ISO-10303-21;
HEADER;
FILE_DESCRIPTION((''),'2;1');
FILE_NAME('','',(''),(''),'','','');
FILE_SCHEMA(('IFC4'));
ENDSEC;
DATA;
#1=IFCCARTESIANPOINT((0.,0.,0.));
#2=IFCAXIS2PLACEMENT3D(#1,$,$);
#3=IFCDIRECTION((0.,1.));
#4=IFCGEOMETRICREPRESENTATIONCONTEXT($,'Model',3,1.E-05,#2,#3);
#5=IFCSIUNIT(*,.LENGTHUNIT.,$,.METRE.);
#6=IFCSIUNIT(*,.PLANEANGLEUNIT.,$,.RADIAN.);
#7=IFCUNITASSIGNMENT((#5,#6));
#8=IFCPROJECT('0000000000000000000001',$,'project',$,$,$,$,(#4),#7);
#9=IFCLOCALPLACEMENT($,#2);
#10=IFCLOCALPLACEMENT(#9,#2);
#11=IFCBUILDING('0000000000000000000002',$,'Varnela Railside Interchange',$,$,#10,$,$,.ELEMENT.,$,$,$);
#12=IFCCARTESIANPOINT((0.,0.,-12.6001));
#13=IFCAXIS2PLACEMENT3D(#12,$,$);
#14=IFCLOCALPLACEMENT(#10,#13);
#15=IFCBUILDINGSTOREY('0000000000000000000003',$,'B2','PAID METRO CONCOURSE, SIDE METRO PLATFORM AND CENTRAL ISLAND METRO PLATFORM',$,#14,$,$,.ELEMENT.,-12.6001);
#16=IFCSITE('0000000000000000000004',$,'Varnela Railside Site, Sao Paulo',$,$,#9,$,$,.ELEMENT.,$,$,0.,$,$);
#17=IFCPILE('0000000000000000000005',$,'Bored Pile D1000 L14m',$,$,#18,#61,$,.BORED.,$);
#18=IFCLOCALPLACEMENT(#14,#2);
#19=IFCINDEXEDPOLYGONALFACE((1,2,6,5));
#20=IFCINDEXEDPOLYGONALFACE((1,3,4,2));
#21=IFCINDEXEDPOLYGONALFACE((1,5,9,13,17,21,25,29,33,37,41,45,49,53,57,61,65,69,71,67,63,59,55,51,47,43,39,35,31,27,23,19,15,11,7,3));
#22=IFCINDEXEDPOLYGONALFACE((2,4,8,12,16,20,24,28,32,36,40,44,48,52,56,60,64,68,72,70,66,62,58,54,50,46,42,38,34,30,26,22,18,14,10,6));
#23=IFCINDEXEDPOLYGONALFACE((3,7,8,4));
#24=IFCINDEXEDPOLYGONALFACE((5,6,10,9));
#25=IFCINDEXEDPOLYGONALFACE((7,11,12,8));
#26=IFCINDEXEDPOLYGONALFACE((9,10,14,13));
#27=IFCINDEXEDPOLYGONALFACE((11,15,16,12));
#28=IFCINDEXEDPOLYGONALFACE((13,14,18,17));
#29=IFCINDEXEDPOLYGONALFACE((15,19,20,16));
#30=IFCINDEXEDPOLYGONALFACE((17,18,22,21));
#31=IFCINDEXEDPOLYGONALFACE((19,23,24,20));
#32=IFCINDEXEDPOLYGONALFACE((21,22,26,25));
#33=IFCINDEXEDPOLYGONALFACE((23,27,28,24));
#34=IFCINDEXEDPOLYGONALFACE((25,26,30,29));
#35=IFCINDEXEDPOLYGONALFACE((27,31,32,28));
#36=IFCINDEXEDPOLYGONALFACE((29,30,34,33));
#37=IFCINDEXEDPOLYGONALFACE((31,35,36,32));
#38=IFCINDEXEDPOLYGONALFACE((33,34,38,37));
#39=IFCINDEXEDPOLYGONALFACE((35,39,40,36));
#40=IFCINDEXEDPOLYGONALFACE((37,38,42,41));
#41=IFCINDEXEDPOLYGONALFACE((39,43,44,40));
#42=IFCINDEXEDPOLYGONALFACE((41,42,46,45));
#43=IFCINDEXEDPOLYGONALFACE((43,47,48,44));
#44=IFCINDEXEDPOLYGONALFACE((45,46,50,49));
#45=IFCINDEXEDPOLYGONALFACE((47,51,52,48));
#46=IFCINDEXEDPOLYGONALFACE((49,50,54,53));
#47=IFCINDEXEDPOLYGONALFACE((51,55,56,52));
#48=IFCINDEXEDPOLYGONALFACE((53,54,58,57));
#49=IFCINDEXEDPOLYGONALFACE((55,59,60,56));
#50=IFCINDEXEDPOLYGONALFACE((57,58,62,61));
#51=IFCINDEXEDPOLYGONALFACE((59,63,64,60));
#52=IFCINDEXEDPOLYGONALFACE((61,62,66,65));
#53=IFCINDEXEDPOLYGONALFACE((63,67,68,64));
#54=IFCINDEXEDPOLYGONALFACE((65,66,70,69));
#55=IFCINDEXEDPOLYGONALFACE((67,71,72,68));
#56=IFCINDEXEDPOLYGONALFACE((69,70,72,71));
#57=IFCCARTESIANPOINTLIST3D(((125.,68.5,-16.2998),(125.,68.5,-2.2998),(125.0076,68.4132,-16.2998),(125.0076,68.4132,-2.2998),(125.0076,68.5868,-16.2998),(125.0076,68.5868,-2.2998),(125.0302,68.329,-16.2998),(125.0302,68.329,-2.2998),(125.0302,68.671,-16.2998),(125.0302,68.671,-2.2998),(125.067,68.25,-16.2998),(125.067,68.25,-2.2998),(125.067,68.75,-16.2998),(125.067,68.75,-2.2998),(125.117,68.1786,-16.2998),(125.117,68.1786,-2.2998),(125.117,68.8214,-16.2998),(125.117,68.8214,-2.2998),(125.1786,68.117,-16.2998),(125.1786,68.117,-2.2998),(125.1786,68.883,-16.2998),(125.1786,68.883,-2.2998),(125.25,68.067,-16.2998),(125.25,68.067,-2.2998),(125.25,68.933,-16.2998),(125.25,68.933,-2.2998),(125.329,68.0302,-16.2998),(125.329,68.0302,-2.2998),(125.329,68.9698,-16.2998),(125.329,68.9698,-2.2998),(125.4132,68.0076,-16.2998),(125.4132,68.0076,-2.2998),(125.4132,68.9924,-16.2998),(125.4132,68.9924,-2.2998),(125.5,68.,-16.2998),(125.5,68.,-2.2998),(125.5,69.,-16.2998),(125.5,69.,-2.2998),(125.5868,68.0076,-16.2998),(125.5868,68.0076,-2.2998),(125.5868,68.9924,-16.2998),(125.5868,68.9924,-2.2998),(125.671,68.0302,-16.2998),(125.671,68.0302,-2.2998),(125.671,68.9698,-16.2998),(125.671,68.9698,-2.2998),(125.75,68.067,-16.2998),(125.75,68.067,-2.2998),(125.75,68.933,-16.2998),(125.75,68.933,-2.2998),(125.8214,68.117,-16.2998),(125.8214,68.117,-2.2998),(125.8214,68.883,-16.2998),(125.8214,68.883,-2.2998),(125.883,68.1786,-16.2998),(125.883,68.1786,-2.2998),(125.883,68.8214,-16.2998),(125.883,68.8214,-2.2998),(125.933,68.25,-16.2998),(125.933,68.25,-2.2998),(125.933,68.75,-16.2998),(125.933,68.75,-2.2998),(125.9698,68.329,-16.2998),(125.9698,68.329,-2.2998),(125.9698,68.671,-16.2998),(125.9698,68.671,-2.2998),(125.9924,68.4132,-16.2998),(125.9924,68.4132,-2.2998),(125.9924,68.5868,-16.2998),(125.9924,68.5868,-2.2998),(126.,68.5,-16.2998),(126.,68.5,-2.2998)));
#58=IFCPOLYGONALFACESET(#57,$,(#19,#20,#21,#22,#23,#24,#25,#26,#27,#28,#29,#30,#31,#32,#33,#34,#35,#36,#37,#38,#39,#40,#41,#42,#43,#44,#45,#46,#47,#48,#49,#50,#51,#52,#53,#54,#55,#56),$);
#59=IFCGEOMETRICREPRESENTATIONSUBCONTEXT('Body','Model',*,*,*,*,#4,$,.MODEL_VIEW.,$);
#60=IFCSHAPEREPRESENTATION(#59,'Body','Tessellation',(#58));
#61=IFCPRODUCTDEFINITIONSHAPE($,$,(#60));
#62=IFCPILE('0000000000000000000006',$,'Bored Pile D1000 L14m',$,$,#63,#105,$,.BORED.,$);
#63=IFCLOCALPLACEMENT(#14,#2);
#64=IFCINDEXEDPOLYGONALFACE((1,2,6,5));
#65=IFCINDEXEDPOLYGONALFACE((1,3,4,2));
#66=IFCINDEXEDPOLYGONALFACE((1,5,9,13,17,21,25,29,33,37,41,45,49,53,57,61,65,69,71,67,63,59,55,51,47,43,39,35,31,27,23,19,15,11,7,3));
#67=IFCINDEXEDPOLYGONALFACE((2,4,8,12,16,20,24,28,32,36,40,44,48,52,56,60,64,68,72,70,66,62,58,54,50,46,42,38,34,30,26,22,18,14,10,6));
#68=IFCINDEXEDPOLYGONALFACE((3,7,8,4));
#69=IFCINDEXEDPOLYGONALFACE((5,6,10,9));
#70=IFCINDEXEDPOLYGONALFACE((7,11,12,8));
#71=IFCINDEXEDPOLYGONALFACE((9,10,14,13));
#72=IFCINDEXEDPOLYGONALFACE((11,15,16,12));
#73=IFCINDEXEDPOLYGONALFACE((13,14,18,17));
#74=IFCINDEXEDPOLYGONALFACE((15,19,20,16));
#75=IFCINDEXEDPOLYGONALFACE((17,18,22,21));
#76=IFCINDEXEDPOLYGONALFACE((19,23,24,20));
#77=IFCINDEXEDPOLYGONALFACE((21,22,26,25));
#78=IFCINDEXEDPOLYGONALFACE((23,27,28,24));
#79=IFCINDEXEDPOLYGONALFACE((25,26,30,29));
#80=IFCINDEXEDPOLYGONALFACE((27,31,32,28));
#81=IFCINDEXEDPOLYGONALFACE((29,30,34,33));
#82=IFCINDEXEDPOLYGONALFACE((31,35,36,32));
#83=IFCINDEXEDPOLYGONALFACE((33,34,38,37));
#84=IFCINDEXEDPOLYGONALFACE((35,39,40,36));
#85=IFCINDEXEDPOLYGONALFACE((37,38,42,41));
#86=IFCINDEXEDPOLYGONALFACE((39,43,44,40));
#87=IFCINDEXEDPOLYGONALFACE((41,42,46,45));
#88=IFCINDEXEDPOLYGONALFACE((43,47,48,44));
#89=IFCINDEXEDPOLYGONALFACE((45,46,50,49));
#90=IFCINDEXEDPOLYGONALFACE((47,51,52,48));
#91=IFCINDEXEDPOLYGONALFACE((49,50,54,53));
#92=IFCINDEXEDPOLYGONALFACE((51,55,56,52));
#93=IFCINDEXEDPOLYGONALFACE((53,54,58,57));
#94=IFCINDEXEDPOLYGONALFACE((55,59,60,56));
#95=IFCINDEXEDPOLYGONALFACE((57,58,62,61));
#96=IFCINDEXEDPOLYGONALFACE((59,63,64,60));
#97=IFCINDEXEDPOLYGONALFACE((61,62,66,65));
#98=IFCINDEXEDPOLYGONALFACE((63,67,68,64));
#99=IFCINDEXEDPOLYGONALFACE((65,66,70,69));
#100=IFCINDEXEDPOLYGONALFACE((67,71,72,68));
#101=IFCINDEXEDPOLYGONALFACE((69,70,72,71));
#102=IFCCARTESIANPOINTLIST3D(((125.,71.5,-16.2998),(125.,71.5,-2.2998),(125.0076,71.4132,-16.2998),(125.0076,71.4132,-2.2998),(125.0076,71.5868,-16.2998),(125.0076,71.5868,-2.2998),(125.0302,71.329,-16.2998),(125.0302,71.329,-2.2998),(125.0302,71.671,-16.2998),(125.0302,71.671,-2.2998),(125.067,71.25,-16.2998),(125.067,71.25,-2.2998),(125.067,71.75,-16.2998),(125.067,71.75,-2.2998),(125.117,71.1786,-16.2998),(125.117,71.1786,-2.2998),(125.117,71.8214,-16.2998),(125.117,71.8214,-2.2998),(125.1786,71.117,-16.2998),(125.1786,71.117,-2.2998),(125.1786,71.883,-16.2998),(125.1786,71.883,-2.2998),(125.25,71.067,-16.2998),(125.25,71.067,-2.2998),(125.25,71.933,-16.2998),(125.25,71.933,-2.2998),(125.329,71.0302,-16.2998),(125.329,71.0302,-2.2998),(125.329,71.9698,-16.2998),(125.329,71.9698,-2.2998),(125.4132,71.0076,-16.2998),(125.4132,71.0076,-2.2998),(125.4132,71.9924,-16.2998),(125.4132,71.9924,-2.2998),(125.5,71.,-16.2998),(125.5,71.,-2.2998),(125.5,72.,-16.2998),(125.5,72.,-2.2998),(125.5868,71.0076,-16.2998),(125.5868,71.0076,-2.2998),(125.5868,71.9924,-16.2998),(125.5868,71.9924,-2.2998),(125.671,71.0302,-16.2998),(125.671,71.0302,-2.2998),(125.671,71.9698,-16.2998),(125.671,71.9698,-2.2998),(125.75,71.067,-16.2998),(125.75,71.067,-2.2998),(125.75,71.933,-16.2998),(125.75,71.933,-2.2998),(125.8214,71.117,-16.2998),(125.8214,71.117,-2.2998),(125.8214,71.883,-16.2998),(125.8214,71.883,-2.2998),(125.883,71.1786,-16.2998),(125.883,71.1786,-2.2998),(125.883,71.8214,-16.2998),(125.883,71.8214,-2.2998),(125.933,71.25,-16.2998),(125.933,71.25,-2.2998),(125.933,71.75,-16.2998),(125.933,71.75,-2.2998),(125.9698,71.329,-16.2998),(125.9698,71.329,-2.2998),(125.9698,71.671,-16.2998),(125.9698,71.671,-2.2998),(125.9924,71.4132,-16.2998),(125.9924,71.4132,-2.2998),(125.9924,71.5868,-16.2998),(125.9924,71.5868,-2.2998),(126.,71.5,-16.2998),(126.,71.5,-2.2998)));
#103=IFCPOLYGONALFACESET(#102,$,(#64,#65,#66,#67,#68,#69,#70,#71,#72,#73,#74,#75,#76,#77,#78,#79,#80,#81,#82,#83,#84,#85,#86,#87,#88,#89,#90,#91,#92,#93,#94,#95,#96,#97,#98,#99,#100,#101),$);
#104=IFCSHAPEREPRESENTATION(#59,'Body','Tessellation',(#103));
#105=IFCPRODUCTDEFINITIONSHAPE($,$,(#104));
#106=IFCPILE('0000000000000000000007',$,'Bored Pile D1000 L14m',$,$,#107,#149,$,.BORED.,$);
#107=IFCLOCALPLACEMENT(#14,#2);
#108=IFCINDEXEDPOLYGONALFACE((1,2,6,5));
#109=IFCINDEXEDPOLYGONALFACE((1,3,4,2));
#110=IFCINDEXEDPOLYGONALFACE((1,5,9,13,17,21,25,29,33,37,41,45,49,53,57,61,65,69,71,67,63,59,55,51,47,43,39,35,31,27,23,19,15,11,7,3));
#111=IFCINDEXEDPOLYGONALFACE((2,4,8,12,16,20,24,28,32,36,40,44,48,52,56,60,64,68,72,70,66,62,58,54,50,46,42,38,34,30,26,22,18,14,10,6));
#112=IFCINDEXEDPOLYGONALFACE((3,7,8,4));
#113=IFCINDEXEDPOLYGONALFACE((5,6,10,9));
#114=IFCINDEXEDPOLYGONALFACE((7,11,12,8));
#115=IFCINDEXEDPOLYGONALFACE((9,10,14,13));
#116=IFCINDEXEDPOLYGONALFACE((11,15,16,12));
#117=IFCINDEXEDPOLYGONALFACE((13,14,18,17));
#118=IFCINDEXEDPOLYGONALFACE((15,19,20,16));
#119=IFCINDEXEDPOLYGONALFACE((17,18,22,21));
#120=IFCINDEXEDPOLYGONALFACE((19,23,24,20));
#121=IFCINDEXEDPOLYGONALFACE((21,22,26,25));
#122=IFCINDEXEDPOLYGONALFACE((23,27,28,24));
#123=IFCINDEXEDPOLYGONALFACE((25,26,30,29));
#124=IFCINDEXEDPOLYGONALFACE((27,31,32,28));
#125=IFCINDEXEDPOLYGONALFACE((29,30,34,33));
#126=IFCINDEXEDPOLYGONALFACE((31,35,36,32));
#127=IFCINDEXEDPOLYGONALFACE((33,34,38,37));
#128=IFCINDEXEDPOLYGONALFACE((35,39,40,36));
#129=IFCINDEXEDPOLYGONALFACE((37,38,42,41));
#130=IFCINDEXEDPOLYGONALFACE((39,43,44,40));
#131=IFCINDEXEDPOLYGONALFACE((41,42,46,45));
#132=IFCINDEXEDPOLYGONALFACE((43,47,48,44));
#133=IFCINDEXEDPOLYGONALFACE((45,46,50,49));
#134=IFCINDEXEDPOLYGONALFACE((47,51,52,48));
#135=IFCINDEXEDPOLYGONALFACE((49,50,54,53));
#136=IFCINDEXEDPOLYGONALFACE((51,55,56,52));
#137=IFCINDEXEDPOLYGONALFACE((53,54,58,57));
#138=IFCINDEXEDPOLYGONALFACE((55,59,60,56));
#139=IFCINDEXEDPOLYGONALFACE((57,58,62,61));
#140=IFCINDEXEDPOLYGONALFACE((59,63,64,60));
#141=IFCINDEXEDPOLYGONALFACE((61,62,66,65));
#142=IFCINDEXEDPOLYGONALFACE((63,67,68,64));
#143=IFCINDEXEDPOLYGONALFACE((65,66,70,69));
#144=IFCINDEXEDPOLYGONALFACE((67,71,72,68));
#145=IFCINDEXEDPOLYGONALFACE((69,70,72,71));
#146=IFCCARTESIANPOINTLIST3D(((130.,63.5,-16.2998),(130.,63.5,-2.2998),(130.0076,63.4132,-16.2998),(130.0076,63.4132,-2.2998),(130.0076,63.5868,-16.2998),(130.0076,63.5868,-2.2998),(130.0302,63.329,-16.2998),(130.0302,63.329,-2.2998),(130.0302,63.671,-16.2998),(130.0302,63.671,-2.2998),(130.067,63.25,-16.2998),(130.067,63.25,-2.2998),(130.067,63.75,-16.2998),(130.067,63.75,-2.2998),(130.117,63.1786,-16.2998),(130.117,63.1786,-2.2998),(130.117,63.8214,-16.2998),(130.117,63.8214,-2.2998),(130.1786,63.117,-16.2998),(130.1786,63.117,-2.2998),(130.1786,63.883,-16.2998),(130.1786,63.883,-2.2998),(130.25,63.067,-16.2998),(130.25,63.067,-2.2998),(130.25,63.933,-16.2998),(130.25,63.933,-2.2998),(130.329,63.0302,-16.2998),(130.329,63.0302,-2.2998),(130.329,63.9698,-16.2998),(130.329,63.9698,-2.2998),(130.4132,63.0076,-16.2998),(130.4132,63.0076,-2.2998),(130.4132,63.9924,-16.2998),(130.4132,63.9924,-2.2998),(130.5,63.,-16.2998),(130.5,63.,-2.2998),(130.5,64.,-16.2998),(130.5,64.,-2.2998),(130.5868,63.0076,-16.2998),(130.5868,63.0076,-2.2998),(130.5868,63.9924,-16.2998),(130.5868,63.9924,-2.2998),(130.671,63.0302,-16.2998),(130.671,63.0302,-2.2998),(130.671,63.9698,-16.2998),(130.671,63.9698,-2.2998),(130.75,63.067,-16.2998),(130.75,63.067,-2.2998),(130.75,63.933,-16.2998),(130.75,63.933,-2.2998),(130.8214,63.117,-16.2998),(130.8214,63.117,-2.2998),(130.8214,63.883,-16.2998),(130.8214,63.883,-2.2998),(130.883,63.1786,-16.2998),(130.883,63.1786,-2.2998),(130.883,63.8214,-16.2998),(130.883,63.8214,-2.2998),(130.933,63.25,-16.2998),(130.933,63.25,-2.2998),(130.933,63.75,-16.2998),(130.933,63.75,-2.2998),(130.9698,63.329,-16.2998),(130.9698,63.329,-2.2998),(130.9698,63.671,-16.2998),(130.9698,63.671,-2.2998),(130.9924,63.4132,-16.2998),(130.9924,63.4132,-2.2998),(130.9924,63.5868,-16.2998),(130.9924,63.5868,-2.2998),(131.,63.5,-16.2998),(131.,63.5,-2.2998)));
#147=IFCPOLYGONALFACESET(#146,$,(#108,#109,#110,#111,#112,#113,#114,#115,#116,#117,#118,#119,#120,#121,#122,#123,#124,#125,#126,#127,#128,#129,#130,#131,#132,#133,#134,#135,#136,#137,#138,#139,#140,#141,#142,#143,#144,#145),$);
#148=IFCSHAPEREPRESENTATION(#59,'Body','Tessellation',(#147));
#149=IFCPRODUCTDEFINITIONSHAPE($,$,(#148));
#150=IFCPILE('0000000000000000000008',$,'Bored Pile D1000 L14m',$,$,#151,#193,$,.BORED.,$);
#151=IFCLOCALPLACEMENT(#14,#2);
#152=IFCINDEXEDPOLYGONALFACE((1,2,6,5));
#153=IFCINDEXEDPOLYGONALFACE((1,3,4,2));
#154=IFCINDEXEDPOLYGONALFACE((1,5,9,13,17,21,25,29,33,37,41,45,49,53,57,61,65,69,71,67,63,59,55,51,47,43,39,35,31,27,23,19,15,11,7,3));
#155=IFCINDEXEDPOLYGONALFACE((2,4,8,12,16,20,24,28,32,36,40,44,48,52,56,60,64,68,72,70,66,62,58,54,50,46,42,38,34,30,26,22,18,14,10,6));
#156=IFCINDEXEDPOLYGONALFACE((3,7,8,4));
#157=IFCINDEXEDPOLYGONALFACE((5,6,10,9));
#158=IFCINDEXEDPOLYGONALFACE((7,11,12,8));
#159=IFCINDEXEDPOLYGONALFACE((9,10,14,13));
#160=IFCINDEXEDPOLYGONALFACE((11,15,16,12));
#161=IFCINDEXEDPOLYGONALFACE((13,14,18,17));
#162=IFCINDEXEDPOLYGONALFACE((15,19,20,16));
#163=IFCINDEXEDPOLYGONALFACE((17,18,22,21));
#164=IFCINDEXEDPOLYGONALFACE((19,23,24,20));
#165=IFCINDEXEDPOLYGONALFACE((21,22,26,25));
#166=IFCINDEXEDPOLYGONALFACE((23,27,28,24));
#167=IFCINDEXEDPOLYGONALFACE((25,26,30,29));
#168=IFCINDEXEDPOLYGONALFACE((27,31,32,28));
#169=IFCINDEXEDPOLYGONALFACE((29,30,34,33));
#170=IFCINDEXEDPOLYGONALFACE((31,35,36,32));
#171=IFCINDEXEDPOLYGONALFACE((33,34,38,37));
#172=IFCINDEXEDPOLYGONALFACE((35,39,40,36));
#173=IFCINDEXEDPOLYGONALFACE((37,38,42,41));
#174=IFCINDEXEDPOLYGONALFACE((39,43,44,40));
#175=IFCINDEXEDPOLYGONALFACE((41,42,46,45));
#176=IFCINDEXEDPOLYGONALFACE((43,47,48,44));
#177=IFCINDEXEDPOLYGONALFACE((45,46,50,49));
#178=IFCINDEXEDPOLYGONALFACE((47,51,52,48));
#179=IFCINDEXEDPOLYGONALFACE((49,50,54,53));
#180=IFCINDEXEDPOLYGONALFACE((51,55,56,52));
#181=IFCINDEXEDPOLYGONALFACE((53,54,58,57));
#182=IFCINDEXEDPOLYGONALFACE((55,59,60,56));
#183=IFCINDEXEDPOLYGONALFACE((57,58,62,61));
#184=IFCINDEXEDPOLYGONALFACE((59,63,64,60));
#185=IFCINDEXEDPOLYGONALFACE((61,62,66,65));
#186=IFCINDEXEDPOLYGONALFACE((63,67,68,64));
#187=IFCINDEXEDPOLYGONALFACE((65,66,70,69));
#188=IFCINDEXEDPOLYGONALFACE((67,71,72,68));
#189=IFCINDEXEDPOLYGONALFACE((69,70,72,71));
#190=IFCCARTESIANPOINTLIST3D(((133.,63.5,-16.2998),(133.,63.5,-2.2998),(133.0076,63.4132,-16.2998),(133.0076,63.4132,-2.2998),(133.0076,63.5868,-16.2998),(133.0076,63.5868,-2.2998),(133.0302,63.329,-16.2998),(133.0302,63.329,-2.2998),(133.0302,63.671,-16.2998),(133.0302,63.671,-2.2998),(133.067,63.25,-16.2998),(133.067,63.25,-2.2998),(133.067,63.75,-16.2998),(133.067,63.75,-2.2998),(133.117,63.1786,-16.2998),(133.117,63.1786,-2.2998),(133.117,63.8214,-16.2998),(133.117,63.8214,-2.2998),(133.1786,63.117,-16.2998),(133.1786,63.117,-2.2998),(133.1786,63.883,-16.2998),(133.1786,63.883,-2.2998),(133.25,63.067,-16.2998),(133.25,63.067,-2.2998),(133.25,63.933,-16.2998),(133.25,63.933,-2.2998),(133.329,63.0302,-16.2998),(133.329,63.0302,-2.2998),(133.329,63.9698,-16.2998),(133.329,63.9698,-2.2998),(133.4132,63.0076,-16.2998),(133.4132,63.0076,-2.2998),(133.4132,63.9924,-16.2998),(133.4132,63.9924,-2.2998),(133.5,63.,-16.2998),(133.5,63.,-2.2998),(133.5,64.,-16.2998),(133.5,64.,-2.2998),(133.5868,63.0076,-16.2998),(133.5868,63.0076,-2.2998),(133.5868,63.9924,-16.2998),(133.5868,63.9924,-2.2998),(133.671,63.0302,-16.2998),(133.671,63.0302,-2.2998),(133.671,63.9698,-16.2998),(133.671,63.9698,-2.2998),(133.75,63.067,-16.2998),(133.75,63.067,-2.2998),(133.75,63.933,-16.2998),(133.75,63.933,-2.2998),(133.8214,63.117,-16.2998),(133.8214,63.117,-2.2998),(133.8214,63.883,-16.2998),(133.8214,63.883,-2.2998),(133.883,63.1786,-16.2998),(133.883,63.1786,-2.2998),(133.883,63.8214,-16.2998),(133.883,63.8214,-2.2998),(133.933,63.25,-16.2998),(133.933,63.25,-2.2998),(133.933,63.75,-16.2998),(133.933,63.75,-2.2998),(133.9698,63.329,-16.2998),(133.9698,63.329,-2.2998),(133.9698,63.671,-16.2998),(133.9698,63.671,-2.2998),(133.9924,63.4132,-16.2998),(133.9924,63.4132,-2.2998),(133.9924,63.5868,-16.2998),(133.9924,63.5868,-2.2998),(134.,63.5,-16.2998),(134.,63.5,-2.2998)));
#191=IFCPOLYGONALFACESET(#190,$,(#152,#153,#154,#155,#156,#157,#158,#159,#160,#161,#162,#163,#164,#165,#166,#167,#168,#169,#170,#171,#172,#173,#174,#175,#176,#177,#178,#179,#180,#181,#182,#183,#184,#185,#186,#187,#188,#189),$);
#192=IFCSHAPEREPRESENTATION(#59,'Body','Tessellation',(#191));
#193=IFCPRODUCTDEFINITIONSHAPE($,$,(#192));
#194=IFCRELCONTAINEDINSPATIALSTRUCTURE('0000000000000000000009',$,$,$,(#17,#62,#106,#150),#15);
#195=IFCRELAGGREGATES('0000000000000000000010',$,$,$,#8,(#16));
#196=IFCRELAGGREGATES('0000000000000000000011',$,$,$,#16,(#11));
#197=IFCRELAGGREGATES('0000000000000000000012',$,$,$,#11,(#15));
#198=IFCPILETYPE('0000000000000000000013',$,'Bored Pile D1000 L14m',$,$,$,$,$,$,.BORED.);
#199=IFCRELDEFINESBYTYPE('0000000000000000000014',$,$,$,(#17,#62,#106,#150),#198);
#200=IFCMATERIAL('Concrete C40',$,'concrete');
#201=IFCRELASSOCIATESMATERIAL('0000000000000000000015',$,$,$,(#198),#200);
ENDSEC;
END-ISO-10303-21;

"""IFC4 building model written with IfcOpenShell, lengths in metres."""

from ifc_helpers import new_model, si_unit, direction, frame, origin, origin_2d, place, context, subcontext, project, spatial, circle, extrude, material, material_profile, profile_set, type_object, element, save


model = new_model("IFC4")

# Units and contexts
model_context = context("Model", 3, precision=1e-05, world=origin(), true_north=direction((0.0, 1.0)))
body_context = subcontext(model_context, "Body", "Model", "MODEL_VIEW")
ifc_project = project(units=[si_unit("LENGTHUNIT", "METRE"), si_unit("PLANEANGLEUNIT", "RADIAN")], contexts=[model_context])

# Site, building, storey
site_placement = place(None, origin())
site = spatial("IfcSite", under=ifc_project, at=site_placement, Name="Varnela Railside Site, Sao Paulo", CompositionType="ELEMENT", RefElevation=0.0)
building_placement = place(site_placement, origin())
building = spatial("IfcBuilding", under=site, at=building_placement, Name="Varnela Railside Interchange", CompositionType="ELEMENT")
storey_placement = place(building_placement, frame((0.0, 0.0, -12.6001)))
storey = spatial("IfcBuildingStorey", under=building, at=storey_placement, Name="B2", Description="PAID METRO CONCOURSE, SIDE METRO PLATFORM AND CENTRAL ISLAND METRO PLATFORM", CompositionType="ELEMENT", Elevation=-12.6001)

# Piles
ifc_material_1 = material(Name="Concrete C40", Category="concrete")
ifc_material_profile_1 = material_profile(ifc_material_1, circle(Radius=0.5, at=origin_2d()), Name="BORED PILE D1000")
ifc_profile_set_1 = profile_set([ifc_material_profile_1], Name="Concrete C40")
pile_type_1 = type_object("IfcPileType", Name="Bored Pile D1000 L14m", PredefinedType="BORED", material=ifc_profile_set_1)
for number, where, z_axis, x_axis, name in (
    (1, (125.5, 68.5, -2.2998), (0.0, 0.0, -1.0), (1.0, 0.0, 0.0), "Bored Pile D1000 L14m"),
    (2, (125.5, 71.5, -2.2998), (0.0, 0.0, -1.0), (1.0, 0.0, 0.0), "Bored Pile D1000 L14m"),
    (3, (130.5, 63.5, -2.2998), (0.0, 0.0, -1.0), (1.0, 0.0, 0.0), "Bored Pile D1000 L14m"),
    (4, (133.5, 63.5, -2.2998), (0.0, 0.0, -1.0), (1.0, 0.0, 0.0), "Bored Pile D1000 L14m"),
):
    element("IfcPile", number, at=place(storey_placement, frame(where, z_axis=z_axis, x_axis=x_axis)), inside=storey, type_object=pile_type_1, Name=name, PredefinedType="BORED", context=body_context, shape_type="SweptSolid", body=[
        extrude(circle(Radius=0.5, at=origin_2d()), origin(), (0.0, 0.0, 1.0), 14.0),
    ])

save(model, "model.ifc")
